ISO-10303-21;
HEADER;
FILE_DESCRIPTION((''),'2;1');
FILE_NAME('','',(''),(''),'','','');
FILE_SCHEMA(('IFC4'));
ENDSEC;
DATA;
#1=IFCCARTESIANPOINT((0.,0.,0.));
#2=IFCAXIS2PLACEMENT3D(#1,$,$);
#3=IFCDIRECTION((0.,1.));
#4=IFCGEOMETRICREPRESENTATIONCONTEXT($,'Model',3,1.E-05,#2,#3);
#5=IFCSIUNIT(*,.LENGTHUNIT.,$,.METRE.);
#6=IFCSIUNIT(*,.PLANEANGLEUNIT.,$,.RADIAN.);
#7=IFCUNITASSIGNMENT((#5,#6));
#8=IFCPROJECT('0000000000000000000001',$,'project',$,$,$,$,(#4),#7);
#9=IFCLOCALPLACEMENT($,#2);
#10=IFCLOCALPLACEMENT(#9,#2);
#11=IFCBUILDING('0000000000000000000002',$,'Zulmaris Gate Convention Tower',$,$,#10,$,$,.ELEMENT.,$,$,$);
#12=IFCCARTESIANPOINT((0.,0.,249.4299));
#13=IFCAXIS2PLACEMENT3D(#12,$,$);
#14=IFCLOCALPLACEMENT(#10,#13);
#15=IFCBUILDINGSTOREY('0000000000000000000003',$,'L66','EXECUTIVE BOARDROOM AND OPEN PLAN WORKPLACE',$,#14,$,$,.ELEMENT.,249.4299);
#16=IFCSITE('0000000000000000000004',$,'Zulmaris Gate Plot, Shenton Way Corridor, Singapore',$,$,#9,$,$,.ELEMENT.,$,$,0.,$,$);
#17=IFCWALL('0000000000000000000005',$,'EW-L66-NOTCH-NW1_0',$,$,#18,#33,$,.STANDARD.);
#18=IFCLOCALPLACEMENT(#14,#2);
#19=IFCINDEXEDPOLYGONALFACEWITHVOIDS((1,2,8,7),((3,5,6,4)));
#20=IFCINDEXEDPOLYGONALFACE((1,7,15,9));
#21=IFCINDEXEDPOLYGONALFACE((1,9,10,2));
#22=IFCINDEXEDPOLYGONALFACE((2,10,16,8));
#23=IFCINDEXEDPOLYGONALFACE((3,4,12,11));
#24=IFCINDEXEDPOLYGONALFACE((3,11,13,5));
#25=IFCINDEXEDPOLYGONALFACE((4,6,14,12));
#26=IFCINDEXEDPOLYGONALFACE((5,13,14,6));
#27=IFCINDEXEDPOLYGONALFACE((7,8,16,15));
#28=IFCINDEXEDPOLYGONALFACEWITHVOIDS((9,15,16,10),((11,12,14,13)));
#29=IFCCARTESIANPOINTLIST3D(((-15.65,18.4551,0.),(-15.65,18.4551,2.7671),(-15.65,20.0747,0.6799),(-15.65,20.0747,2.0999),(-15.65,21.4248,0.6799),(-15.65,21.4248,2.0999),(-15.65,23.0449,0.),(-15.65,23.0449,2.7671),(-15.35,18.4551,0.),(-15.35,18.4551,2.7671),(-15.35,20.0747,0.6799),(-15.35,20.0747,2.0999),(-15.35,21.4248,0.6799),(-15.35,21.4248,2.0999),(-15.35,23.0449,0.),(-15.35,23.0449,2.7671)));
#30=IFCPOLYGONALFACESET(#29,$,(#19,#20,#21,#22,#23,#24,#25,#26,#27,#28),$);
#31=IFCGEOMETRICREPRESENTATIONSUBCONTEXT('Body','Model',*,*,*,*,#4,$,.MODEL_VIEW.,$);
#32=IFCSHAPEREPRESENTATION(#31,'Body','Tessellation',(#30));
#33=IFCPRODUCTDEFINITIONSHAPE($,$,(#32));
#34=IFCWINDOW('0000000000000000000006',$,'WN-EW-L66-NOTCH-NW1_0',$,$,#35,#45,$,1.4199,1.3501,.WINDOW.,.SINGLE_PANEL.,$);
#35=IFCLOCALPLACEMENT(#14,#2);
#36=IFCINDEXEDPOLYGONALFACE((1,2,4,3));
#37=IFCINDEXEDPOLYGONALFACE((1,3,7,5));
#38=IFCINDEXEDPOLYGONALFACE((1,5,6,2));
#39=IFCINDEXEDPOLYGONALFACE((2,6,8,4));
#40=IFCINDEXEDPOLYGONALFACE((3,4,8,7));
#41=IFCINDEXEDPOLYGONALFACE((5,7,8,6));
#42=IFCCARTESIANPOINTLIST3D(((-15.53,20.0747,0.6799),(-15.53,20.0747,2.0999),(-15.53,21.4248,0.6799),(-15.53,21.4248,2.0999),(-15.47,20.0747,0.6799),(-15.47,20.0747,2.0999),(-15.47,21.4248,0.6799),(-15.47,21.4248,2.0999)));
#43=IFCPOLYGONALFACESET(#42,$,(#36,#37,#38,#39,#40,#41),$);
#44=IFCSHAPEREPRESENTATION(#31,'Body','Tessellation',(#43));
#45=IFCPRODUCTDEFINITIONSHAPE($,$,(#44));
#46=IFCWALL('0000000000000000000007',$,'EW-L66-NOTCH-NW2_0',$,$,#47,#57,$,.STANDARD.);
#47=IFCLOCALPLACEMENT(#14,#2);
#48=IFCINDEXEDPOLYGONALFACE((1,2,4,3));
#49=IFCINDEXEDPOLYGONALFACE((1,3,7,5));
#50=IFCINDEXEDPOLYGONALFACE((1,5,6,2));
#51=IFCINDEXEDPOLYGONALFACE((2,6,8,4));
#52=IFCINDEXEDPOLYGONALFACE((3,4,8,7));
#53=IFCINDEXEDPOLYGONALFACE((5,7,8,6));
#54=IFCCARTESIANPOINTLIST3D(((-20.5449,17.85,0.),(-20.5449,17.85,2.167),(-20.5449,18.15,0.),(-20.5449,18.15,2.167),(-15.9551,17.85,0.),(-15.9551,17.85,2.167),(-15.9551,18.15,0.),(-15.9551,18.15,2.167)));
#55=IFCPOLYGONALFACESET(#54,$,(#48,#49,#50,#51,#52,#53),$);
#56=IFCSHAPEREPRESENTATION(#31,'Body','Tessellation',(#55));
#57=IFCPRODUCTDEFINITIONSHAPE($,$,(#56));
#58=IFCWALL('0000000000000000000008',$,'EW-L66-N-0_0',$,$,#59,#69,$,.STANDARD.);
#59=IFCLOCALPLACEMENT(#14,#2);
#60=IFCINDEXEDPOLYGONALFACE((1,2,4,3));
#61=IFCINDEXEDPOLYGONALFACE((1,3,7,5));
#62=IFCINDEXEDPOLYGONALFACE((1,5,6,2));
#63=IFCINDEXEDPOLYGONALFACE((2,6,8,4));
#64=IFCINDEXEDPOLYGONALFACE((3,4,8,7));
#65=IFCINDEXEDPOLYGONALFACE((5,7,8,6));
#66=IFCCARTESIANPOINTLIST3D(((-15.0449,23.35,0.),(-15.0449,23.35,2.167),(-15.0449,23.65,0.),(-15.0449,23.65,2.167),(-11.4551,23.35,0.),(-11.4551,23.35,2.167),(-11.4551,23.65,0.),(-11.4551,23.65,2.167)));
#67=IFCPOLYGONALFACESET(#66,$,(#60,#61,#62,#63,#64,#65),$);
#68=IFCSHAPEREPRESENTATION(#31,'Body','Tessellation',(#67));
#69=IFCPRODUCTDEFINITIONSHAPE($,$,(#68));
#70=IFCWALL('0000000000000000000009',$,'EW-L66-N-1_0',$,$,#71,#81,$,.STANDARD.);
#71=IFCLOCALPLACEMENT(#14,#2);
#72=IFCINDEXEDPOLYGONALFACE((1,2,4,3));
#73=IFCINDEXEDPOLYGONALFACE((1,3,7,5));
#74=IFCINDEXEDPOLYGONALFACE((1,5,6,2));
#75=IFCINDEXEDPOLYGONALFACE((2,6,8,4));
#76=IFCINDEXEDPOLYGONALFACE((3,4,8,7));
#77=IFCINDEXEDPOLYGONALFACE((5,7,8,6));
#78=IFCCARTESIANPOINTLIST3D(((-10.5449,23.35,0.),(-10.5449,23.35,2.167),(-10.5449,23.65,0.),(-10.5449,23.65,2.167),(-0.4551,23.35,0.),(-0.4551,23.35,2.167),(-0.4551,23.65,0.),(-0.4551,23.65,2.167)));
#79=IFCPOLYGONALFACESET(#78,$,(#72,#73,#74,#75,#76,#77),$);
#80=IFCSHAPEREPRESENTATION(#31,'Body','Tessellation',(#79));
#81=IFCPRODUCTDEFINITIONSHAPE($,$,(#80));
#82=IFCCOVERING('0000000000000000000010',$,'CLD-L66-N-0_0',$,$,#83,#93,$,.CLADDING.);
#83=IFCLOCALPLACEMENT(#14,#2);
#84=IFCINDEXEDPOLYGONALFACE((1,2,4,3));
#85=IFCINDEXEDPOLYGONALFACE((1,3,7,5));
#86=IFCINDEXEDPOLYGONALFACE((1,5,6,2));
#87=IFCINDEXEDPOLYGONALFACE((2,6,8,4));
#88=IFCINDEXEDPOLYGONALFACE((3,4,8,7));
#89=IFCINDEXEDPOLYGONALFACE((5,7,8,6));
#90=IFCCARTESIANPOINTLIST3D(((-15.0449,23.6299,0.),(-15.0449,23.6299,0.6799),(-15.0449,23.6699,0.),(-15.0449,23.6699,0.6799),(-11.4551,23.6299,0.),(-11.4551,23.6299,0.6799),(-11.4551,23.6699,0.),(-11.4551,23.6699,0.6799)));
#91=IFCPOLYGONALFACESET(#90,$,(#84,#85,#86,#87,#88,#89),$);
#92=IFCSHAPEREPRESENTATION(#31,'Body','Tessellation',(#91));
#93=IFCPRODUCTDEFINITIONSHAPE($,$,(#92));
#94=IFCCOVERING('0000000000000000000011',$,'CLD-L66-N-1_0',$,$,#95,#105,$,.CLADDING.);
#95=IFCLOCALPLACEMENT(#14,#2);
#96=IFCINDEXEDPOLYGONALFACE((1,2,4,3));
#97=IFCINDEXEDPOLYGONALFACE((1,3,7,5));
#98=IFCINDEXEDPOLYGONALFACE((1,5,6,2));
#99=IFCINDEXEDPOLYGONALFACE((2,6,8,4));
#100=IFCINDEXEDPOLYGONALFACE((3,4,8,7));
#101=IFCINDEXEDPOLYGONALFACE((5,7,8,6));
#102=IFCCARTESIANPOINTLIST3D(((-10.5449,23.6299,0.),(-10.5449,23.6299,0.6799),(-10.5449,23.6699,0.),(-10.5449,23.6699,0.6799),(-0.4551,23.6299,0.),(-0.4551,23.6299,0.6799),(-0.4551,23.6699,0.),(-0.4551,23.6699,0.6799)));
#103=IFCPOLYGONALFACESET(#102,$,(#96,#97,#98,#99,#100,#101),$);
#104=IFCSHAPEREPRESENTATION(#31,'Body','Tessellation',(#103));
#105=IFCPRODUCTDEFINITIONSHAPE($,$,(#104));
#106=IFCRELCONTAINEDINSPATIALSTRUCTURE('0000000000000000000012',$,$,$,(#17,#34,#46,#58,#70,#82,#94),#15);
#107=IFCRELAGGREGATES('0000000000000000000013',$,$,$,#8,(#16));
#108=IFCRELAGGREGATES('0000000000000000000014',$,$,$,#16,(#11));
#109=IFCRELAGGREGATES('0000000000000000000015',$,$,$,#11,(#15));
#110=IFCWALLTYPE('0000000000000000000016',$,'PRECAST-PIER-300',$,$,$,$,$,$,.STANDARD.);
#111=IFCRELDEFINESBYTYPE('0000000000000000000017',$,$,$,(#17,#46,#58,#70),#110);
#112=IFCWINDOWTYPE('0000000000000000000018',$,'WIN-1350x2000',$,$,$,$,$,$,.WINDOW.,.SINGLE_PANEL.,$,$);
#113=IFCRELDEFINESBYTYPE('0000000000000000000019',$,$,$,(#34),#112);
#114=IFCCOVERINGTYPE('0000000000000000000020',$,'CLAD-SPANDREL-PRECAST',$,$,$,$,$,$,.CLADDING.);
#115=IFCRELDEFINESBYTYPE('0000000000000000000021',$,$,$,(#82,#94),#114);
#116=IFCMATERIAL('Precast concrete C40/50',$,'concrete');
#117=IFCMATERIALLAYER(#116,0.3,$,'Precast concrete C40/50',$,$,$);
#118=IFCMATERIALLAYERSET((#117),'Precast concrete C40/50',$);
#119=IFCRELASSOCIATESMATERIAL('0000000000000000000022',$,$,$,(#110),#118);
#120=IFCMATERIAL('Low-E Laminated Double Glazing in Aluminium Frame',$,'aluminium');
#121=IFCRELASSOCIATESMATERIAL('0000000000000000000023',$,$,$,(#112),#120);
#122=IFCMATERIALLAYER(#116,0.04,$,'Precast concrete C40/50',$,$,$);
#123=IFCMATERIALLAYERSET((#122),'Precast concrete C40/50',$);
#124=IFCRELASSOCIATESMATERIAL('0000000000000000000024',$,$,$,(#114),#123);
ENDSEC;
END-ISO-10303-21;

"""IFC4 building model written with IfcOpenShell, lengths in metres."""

from ifc_helpers import new_model, si_unit, direction, frame, frame_2d, origin, place, context, subcontext, project, spatial, rectangle, extrude, material, layer, layer_set, type_object, element, fill, save


model = new_model("IFC4")

# Units and contexts
model_context = context("Model", 3, precision=1e-05, world=origin(), true_north=direction((0.0, 1.0)))
body_context = subcontext(model_context, "Body", "Model", "MODEL_VIEW")
ifc_project = project(units=[si_unit("LENGTHUNIT", "METRE"), si_unit("PLANEANGLEUNIT", "RADIAN")], contexts=[model_context])

# Site, building, storey
site_placement = place(None, origin())
site = spatial("IfcSite", under=ifc_project, at=site_placement, Name="Zulmaris Gate Plot, Shenton Way Corridor, Singapore", CompositionType="ELEMENT", RefElevation=0.0)
building_placement = place(site_placement, origin())
building = spatial("IfcBuilding", under=site, at=building_placement, Name="Zulmaris Gate Convention Tower", CompositionType="ELEMENT")
storey_placement = place(building_placement, frame((0.0, 0.0, 249.4299)))
storey = spatial("IfcBuildingStorey", under=building, at=storey_placement, Name="L66", Description="EXECUTIVE BOARDROOM AND OPEN PLAN WORKPLACE", CompositionType="ELEMENT", Elevation=249.4299)

# Wall, opening, window
ifc_material_1 = material(Name="Precast concrete C40/50", Category="concrete")
ifc_layer_1 = layer(ifc_material_1, 0.3, Name="Precast concrete C40/50")
ifc_layer_set_1 = layer_set([ifc_layer_1], Name="Precast concrete C40/50")
wall_type_1 = type_object("IfcWallType", Name="PRECAST-PIER-300", PredefinedType="STANDARD", material=ifc_layer_set_1)
wall_1_placement = place(storey_placement, frame((-15.5, 23.0449, 0.0), z_axis=(0.0, 0.0, 1.0), x_axis=(0.0, -1.0, 0.0)))
wall_1 = element("IfcWall", 1, at=wall_1_placement, inside=storey, type_object=wall_type_1, Name="EW-L66-NOTCH-NW1_0", PredefinedType="STANDARD", context=body_context, shape_type="SweptSolid", body=[
    extrude(rectangle(XDim=4.5898, YDim=0.3, at=frame_2d((2.2949, 0.0))), origin(), (0.0, 0.0, 1.0), 2.7671),
])
opening_1_placement = place(wall_1_placement, frame((1.6201, 0.0, 0.6799)))
opening_1 = element("IfcOpeningElement", 2, at=opening_1_placement, cuts=wall_1, PredefinedType="OPENING", context=body_context, shape_type="SweptSolid", body=[
    extrude(rectangle(XDim=1.3501, YDim=1.4199, at=frame_2d((0.675, 0.71))), frame((0.0, 0.1602, 0.0), z_axis=(0.0, -1.0, 0.0), x_axis=(1.0, 0.0, 0.0)), (0.0, 0.0, 1.0), 0.3201),
])
ifc_material_2 = material(Name="Low-E Laminated Double Glazing in Aluminium Frame", Category="aluminium")
window_type = type_object("IfcWindowType", Name="WIN-1350x2000", PartitioningType="SINGLE_PANEL", PredefinedType="WINDOW", material=ifc_material_2)
window_placement = place(opening_1_placement, origin())
window = element("IfcWindow", 3, at=window_placement, inside=storey, type_object=window_type, Name="WN-EW-L66-NOTCH-NW1_0", OverallHeight=1.4199, OverallWidth=1.3501, PartitioningType="SINGLE_PANEL", PredefinedType="WINDOW", context=body_context, shape_type="SweptSolid", body=[
    extrude(rectangle(XDim=1.3501, YDim=1.4199, at=frame_2d((0.675, 0.71))), frame((0.0, 0.03, 0.0), z_axis=(0.0, -1.0, 0.0), x_axis=(1.0, 0.0, 0.0)), (0.0, 0.0, 1.0), 0.0601),
])
fill(opening_1, window)

# Walls
wall_2_placement = place(storey_placement, frame((-15.9551, 18.0, 0.0), z_axis=(0.0, 0.0, 1.0), x_axis=(-1.0, 0.0, 0.0)))
element("IfcWall", 4, at=wall_2_placement, inside=storey, type_object=wall_type_1, Name="EW-L66-NOTCH-NW2_0", PredefinedType="STANDARD", context=body_context, shape_type="SweptSolid", body=[
    extrude(rectangle(XDim=4.5898, YDim=0.3, at=frame_2d((2.2949, 0.0))), origin(), (0.0, 0.0, 1.0), 2.167),
])
wall_3_placement = place(storey_placement, frame((-11.4551, 23.5, 0.0), z_axis=(0.0, 0.0, 1.0), x_axis=(-1.0, 0.0, 0.0)))
element("IfcWall", 5, at=wall_3_placement, inside=storey, type_object=wall_type_1, Name="EW-L66-N-0_0", PredefinedType="STANDARD", context=body_context, shape_type="SweptSolid", body=[
    extrude(rectangle(XDim=3.5898, YDim=0.3, at=frame_2d((1.7949, 0.0))), origin(), (0.0, 0.0, 1.0), 2.167),
])
wall_4_placement = place(storey_placement, frame((-0.4551, 23.5, 0.0), z_axis=(0.0, 0.0, 1.0), x_axis=(-1.0, 0.0, 0.0)))
element("IfcWall", 6, at=wall_4_placement, inside=storey, type_object=wall_type_1, Name="EW-L66-N-1_0", PredefinedType="STANDARD", context=body_context, shape_type="SweptSolid", body=[
    extrude(rectangle(XDim=10.0898, YDim=0.3, at=frame_2d((5.0449, 0.0))), origin(), (0.0, 0.0, 1.0), 2.167),
])

# Coverings
ifc_layer_2 = layer(ifc_material_1, 0.04, Name="Precast concrete C40/50")
ifc_layer_set_2 = layer_set([ifc_layer_2], Name="Precast concrete C40/50")
covering_type = type_object("IfcCoveringType", Name="CLAD-SPANDREL-PRECAST", PredefinedType="CLADDING", material=ifc_layer_set_2)
covering_1_placement = place(storey_placement, frame((-11.4551, 23.6499, 0.0), z_axis=(0.0, 0.0, 1.0), x_axis=(-1.0, 0.0, 0.0)))
element("IfcCovering", 7, at=covering_1_placement, inside=storey, type_object=covering_type, Name="CLD-L66-N-0_0", PredefinedType="CLADDING", context=body_context, shape_type="SweptSolid", body=[
    extrude(rectangle(XDim=3.5898, YDim=0.04, at=frame_2d((1.7949, 0.0))), origin(), (0.0, 0.0, 1.0), 0.6799),
])
covering_2_placement = place(storey_placement, frame((-0.4551, 23.6499, 0.0), z_axis=(0.0, 0.0, 1.0), x_axis=(-1.0, 0.0, 0.0)))
element("IfcCovering", 8, at=covering_2_placement, inside=storey, type_object=covering_type, Name="CLD-L66-N-1_0", PredefinedType="CLADDING", context=body_context, shape_type="SweptSolid", body=[
    extrude(rectangle(XDim=10.0898, YDim=0.04, at=frame_2d((5.0449, 0.0))), origin(), (0.0, 0.0, 1.0), 0.6799),
])

save(model, "model.ifc")
